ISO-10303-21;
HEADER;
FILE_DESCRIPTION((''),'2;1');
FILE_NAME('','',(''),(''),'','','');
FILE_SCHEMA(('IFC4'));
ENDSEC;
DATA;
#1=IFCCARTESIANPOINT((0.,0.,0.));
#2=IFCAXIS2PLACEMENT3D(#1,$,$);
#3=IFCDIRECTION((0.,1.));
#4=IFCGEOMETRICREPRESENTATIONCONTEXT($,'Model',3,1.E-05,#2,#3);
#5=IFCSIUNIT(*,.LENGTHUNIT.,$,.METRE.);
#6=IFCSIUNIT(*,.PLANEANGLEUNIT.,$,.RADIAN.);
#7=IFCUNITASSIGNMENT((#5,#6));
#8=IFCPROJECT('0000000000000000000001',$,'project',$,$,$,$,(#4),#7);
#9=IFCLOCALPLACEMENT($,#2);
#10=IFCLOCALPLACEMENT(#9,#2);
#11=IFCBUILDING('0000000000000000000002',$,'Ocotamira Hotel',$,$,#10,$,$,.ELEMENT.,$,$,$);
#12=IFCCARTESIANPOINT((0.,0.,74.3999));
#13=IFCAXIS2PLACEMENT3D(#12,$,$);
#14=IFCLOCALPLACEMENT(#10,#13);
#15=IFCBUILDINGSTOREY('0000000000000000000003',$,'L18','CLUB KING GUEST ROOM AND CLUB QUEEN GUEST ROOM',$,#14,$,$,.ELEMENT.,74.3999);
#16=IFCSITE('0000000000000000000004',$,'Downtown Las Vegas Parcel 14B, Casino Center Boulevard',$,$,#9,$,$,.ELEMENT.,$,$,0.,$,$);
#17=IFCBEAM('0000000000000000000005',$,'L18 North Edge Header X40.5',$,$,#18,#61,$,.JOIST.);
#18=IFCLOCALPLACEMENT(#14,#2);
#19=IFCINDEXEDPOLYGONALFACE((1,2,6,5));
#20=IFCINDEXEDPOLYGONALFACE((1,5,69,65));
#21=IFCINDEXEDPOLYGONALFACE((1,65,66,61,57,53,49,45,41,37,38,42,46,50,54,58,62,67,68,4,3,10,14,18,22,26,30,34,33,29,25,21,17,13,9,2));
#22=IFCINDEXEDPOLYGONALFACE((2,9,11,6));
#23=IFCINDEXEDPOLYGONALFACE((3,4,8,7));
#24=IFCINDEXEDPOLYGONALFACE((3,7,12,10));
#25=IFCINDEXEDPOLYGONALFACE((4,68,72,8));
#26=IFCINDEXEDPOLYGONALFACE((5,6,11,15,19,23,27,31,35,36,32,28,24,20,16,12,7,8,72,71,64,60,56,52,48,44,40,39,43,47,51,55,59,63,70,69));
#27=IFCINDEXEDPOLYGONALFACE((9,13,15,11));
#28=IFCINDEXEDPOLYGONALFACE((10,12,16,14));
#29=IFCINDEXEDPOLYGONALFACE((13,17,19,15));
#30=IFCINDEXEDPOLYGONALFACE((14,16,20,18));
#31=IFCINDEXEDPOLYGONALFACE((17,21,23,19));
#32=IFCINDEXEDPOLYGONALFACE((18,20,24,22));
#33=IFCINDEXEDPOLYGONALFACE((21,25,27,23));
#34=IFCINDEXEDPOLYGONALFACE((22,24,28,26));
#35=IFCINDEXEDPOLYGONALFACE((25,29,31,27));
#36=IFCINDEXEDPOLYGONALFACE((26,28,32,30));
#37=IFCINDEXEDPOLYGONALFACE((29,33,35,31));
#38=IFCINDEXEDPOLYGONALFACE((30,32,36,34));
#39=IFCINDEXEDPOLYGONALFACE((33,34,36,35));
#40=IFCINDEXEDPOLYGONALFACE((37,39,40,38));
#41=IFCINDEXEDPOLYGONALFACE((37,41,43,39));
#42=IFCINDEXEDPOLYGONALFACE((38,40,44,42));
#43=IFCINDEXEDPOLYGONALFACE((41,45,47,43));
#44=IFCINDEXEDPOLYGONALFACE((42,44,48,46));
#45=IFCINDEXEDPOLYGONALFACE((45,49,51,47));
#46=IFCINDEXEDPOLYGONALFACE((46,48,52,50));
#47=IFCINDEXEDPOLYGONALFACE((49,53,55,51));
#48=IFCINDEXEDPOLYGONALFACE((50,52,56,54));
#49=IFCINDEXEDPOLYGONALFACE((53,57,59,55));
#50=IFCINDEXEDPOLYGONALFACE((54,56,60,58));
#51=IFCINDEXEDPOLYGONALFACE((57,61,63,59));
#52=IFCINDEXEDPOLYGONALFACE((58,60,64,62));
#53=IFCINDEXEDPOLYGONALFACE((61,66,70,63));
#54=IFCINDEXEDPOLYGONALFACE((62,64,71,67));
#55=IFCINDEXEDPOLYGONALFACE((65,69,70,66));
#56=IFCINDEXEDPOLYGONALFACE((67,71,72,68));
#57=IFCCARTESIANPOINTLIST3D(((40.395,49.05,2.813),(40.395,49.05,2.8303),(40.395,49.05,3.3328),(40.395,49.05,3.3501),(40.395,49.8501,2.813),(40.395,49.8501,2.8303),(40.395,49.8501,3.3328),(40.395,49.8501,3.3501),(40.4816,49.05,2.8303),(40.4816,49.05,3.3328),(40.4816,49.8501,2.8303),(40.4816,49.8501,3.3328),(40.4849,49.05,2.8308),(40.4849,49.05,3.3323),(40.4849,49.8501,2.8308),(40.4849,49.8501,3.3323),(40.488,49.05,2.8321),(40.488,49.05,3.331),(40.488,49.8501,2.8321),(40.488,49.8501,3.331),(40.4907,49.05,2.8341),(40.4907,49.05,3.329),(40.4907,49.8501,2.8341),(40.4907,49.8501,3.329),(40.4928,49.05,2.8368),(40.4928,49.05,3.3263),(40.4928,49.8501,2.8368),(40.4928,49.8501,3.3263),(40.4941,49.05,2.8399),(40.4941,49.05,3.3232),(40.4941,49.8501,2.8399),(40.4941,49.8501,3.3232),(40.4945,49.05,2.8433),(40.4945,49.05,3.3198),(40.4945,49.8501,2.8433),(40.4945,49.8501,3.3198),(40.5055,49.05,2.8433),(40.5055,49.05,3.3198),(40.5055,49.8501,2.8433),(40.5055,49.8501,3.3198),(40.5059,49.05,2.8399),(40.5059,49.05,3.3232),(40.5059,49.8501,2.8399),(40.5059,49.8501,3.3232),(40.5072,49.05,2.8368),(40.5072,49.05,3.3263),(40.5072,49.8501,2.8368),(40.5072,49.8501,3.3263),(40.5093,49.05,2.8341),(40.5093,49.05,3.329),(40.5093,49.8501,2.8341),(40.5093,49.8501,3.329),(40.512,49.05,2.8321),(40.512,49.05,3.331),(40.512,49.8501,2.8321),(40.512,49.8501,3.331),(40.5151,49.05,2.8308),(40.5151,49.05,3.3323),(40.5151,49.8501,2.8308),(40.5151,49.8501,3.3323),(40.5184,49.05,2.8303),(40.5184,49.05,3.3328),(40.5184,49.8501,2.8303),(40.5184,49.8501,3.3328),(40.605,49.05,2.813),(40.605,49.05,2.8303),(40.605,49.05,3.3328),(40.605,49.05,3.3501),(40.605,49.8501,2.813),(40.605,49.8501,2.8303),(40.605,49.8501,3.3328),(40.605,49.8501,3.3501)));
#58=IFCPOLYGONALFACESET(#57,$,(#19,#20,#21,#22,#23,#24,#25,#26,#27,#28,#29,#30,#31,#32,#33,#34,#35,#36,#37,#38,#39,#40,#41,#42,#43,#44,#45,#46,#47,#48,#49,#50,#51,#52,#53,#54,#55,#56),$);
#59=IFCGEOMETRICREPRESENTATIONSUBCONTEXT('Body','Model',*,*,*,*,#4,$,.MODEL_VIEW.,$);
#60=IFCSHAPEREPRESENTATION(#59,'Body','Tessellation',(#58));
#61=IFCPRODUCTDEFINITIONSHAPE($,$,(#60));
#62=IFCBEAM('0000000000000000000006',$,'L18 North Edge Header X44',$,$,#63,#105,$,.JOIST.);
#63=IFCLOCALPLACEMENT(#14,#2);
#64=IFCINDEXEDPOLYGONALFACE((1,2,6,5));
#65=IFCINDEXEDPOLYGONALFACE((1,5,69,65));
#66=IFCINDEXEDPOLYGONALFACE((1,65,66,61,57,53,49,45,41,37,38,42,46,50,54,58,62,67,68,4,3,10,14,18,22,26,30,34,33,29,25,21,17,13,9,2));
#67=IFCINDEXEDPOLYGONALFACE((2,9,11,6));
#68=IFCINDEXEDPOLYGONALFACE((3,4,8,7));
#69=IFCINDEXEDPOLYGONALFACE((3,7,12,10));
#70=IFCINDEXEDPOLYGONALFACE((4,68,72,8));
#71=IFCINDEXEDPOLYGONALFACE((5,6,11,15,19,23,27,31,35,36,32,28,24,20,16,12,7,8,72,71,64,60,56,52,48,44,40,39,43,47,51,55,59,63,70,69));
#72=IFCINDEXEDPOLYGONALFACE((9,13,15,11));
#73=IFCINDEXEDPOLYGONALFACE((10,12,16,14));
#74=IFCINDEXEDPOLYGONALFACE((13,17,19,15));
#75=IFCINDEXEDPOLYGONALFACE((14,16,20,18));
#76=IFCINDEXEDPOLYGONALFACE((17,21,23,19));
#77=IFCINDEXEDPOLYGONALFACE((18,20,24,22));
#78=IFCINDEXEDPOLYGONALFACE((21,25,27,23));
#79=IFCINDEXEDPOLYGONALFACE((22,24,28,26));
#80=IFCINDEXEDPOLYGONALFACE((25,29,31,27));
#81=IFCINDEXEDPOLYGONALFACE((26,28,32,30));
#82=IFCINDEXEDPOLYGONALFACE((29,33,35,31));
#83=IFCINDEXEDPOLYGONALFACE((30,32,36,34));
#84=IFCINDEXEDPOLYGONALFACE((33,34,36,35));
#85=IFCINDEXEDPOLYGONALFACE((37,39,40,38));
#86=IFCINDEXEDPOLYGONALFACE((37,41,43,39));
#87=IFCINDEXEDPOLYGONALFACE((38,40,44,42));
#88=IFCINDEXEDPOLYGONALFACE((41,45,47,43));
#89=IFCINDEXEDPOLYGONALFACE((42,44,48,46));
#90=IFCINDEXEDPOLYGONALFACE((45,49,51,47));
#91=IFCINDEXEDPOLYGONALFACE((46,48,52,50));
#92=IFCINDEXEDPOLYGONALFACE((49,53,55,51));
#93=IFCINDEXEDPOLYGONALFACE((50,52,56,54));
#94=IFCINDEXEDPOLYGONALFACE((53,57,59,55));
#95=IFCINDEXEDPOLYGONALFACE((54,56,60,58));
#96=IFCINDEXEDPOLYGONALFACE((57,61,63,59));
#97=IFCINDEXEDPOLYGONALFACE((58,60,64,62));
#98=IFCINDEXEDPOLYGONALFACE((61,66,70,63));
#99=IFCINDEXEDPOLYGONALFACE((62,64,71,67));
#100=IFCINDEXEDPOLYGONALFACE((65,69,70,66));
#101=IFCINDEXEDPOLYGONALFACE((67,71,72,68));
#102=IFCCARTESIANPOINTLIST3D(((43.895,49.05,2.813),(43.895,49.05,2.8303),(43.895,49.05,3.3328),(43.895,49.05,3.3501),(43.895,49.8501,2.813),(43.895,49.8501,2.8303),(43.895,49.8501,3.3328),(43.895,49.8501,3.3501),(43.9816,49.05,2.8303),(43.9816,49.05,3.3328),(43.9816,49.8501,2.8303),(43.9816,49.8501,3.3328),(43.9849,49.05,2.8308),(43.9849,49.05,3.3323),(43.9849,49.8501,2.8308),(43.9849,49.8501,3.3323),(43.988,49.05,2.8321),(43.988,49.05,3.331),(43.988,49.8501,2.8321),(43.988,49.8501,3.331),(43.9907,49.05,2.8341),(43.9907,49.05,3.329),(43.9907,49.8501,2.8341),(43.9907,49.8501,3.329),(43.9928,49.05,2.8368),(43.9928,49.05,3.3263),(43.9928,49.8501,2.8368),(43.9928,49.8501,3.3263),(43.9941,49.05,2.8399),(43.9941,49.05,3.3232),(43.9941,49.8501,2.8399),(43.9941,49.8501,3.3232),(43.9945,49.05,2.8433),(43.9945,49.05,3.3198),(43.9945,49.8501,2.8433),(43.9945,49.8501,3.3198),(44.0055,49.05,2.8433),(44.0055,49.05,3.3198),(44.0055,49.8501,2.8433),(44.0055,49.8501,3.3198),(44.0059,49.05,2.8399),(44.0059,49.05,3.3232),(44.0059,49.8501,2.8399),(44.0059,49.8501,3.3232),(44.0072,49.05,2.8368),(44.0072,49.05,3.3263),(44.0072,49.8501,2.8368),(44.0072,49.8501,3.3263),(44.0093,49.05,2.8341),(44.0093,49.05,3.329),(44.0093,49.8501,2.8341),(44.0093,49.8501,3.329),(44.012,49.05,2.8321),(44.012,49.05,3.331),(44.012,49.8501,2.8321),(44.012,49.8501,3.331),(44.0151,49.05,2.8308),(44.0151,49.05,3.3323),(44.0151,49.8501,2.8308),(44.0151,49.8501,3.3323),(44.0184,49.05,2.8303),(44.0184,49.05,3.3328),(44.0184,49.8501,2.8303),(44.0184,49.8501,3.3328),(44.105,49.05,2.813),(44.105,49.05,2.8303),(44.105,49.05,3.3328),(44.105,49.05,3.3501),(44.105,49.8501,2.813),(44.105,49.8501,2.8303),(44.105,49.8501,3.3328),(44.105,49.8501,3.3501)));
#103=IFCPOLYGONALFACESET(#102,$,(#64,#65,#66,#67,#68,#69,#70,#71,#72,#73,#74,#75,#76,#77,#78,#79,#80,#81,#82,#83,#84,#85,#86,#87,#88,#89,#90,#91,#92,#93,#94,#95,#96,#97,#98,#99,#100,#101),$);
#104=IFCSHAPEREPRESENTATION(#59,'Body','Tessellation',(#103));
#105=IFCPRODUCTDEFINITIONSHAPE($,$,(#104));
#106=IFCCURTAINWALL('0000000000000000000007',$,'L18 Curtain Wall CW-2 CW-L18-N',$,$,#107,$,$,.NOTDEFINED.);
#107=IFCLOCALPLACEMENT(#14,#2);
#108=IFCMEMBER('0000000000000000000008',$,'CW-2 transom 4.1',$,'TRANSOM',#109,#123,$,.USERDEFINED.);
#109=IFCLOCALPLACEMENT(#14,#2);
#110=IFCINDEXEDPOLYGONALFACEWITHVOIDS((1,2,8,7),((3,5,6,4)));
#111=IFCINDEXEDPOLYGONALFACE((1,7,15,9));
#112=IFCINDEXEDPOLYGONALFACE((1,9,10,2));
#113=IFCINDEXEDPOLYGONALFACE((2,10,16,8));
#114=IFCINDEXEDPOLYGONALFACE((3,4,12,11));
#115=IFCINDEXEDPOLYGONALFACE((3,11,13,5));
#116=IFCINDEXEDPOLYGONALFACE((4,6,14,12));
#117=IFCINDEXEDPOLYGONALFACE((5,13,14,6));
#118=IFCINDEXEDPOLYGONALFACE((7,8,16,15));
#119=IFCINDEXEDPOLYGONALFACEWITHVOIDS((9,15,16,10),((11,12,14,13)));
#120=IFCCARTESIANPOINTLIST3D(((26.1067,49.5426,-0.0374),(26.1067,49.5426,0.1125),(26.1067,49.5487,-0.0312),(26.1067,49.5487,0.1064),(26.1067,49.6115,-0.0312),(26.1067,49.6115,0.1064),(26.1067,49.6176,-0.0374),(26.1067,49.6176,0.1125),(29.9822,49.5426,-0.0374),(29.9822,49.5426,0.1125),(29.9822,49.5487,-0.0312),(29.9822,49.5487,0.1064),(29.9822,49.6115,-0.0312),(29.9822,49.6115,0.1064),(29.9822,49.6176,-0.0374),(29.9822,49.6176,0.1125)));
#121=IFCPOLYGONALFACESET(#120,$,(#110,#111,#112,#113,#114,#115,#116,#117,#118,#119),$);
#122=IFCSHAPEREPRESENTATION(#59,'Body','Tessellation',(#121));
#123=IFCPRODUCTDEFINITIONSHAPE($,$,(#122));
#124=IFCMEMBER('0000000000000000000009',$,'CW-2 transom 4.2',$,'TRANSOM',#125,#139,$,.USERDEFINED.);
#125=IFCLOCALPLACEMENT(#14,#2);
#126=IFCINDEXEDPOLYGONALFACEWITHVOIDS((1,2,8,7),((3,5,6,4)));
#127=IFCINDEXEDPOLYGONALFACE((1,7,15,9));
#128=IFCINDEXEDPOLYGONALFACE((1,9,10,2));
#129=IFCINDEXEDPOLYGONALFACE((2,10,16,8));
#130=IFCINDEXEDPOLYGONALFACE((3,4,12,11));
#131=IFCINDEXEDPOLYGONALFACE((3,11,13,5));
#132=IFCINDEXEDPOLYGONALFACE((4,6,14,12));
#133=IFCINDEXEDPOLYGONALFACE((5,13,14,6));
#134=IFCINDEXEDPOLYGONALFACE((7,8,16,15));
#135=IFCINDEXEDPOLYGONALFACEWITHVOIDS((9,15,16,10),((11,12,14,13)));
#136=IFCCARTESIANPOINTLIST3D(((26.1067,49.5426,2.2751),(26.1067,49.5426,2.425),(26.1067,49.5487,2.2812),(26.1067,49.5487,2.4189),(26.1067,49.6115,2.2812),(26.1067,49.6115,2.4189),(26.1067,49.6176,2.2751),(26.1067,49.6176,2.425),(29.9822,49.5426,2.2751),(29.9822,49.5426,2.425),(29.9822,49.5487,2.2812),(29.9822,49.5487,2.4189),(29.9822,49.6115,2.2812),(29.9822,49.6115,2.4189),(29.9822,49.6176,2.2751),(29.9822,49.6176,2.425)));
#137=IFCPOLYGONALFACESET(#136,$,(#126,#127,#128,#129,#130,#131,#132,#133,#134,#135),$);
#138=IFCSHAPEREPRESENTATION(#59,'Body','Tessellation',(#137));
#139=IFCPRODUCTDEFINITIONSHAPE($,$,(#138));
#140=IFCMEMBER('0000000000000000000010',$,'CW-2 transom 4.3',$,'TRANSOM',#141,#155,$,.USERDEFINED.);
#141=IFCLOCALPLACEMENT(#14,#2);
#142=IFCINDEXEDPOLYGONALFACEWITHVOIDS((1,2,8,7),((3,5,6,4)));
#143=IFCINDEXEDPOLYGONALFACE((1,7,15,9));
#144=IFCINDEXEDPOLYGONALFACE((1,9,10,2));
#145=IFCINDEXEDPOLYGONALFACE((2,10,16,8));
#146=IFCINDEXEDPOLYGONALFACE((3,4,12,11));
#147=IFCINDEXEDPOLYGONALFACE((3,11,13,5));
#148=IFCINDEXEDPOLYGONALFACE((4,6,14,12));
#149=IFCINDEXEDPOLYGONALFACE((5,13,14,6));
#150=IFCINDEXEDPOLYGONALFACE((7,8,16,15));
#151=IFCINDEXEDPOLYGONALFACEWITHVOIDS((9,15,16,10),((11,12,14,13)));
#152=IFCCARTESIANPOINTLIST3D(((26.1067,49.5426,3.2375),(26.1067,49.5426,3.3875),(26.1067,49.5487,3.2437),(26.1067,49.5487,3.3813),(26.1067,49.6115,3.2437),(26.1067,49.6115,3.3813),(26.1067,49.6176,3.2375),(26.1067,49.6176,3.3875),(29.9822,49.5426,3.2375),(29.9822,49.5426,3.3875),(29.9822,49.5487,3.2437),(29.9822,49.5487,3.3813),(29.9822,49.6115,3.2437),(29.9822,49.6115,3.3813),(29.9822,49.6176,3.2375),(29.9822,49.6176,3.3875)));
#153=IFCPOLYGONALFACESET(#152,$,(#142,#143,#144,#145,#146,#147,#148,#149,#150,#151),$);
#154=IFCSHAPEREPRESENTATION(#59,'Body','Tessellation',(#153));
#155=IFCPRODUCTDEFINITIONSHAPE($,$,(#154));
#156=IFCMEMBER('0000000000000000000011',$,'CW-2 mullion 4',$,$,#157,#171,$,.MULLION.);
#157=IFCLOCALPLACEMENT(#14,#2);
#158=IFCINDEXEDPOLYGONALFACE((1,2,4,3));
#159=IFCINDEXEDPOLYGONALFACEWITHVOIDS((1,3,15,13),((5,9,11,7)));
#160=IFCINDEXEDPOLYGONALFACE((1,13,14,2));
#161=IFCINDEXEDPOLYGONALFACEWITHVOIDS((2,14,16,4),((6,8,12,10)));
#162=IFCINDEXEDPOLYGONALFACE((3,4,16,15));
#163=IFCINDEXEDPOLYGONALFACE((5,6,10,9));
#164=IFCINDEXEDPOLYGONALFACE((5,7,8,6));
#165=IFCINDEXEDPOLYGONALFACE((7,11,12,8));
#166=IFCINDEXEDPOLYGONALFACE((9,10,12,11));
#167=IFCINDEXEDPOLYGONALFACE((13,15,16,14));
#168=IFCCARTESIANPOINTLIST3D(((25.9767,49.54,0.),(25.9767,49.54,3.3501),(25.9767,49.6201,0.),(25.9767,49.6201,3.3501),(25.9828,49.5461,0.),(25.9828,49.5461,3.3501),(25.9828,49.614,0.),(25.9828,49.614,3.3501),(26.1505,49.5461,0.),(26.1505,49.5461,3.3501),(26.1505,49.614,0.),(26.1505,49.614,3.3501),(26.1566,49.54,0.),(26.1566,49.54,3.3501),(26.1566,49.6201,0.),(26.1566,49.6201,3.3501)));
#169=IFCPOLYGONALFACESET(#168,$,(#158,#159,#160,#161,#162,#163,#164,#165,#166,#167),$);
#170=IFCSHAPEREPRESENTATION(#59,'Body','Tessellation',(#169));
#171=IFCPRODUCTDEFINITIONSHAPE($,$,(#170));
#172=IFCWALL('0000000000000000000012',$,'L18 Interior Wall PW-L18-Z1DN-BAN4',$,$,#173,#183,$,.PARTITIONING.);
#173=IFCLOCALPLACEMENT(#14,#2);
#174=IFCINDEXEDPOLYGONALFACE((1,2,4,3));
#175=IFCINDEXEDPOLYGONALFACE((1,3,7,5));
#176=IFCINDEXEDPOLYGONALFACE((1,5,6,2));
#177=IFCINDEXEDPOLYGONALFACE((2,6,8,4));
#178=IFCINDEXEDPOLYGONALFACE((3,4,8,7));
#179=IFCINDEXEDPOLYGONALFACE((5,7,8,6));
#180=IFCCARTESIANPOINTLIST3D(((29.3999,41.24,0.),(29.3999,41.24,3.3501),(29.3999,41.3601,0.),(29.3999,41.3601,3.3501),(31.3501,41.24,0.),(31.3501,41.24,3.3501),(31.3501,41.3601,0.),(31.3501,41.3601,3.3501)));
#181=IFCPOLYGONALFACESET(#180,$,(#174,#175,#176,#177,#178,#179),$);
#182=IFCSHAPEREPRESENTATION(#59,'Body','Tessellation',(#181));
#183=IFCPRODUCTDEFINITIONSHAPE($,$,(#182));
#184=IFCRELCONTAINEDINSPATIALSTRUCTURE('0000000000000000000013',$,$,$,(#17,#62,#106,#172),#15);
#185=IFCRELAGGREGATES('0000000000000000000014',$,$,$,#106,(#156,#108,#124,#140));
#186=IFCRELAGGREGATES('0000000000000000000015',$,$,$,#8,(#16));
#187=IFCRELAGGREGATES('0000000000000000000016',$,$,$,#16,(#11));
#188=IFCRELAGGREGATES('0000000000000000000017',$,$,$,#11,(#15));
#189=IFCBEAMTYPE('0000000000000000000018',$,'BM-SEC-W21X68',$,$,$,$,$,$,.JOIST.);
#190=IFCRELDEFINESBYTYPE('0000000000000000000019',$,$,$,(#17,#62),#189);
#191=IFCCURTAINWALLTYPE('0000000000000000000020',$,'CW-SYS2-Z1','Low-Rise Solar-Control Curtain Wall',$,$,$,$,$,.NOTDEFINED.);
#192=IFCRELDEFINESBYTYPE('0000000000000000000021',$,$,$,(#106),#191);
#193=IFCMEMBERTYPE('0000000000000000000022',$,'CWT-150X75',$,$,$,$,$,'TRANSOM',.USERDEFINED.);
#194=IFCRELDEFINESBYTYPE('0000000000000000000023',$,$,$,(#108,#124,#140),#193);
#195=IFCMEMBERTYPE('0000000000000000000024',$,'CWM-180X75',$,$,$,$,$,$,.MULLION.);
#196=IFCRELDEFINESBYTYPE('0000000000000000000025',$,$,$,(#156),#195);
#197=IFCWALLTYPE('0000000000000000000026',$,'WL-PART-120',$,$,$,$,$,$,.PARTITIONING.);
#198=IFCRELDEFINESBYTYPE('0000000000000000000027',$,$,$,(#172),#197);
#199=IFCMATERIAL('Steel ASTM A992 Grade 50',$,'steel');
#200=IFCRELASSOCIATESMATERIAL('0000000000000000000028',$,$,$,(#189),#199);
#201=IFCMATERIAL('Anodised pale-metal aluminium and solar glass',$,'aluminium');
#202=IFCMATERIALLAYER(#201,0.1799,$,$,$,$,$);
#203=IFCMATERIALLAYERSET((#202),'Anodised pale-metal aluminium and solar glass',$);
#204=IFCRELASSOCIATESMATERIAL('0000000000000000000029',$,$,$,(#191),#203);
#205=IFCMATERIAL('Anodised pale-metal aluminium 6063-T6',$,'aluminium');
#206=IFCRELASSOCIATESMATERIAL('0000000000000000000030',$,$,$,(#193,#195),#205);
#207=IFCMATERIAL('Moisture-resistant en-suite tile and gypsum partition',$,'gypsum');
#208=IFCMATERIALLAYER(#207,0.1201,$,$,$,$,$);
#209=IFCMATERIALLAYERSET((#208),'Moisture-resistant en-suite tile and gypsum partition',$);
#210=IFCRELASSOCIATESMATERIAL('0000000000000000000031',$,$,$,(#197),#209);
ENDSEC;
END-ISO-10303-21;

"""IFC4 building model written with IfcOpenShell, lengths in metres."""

from ifc_helpers import new_model, si_unit, direction, frame, frame_2d, origin, origin_2d, place, context, subcontext, project, spatial, rectangle, hollow_rectangle, i_section, extrude, source, transform, mapped, material, layer, layer_set, material_profile, profile_set, type_object, element, aggregate, save


model = new_model("IFC4")

# Units and contexts
model_context = context("Model", 3, precision=1e-05, world=origin(), true_north=direction((0.0, 1.0)))
body_context = subcontext(model_context, "Body", "Model", "MODEL_VIEW")
ifc_project = project(units=[si_unit("LENGTHUNIT", "METRE"), si_unit("PLANEANGLEUNIT", "RADIAN")], contexts=[model_context])

# Site, building, storey
site_placement = place(None, origin())
site = spatial("IfcSite", under=ifc_project, at=site_placement, Name="Downtown Las Vegas Parcel 14B, Casino Center Boulevard", CompositionType="ELEMENT", RefElevation=0.0)
building_placement = place(site_placement, origin())
building = spatial("IfcBuilding", under=site, at=building_placement, Name="Ocotamira Hotel", CompositionType="ELEMENT")
storey_placement = place(building_placement, frame((0.0, 0.0, 74.3999)))
storey = spatial("IfcBuildingStorey", under=building, at=storey_placement, Name="L18", Description="CLUB KING GUEST ROOM AND CLUB QUEEN GUEST ROOM", CompositionType="ELEMENT", Elevation=74.3999)

# Beams
ifc_material_1 = material(Name="Steel ASTM A992 Grade 50", Category="steel")
ifc_material_profile_1 = material_profile(ifc_material_1, i_section(OverallWidth=0.21, OverallDepth=0.5371, WebThickness=0.011, FlangeThickness=0.0173, FilletRadius=0.0129, at=origin_2d()), Name="W21X68")
ifc_profile_set_1 = profile_set([ifc_material_profile_1], Name="Steel ASTM A992 Grade 50")
beam_type_1 = type_object("IfcBeamType", Name="BM-SEC-W21X68", PredefinedType="JOIST", material=ifc_profile_set_1)
shared_shape_1 = source(origin(), body_context, "Body", "SweptSolid", [
    extrude(i_section(OverallWidth=0.21, OverallDepth=0.5371, WebThickness=0.011, FlangeThickness=0.0173, FilletRadius=0.0129, at=origin_2d()), origin(), (0.0, 0.0, 1.0), 0.8),
])
for number, where, z_axis, x_axis, name in (
    (1, (40.5, 49.05, 3.0815), (0.0, 1.0, 0.0), (-1.0, 0.0, 0.0), "L18 North Edge Header X40.5"),
    (2, (44.0, 49.05, 3.0815), (0.0, 1.0, 0.0), (-1.0, 0.0, 0.0), "L18 North Edge Header X44"),
):
    element("IfcBeam", number, at=place(storey_placement, frame(where, z_axis=z_axis, x_axis=x_axis)), inside=storey, type_object=beam_type_1, Name=name, PredefinedType="JOIST", context=body_context, shape_type="MappedRepresentation", body=[
        mapped(shared_shape_1, transform((0.0, 0.0, 0.0), scale=1.0)),
    ])

# Curtain wall, members
ifc_material_2 = material(Name="Anodised pale-metal aluminium and solar glass", Category="aluminium")
ifc_layer_1 = layer(ifc_material_2, 0.1799)
ifc_layer_set_1 = layer_set([ifc_layer_1], Name="Anodised pale-metal aluminium and solar glass")
curtain_wall_type = type_object("IfcCurtainWallType", Name="CW-SYS2-Z1", Description="Low-Rise Solar-Control Curtain Wall", PredefinedType="NOTDEFINED", material=ifc_layer_set_1)
curtain_wall_placement = place(storey_placement, origin())
curtain_wall = element("IfcCurtainWall", 3, at=curtain_wall_placement, inside=storey, type_object=curtain_wall_type, Name="L18 Curtain Wall CW-2 CW-L18-N", PredefinedType="NOTDEFINED")
ifc_material_3 = material(Name="Anodised pale-metal aluminium 6063-T6", Category="aluminium")
ifc_material_profile_2 = material_profile(ifc_material_3, hollow_rectangle(XDim=0.075, YDim=0.1499, WallThickness=0.0061, at=origin_2d()), Name="HSS150X75X6")
ifc_profile_set_2 = profile_set([ifc_material_profile_2], Name="Anodised pale-metal aluminium 6063-T6")
member_type_1 = type_object("IfcMemberType", Name="CWT-150X75", ElementType="TRANSOM", PredefinedType="USERDEFINED", material=ifc_profile_set_2)
shared_shape_2 = source(origin(), body_context, "Body", "SweptSolid", [
    extrude(hollow_rectangle(XDim=0.075, YDim=0.1499, WallThickness=0.0061, at=origin_2d()), origin(), (0.0, 0.0, 1.0), 3.8755),
])
member_1_placement = place(storey_placement, frame((26.1067, 49.5801, 0.0376), z_axis=(1.0, 0.0, 0.0), x_axis=(0.0, 1.0, 0.0)))
member_1 = element("IfcMember", 4, at=member_1_placement, type_object=member_type_1, Name="CW-2 transom 4.1", ObjectType="TRANSOM", PredefinedType="USERDEFINED", context=body_context, shape_type="MappedRepresentation", body=[
    mapped(shared_shape_2, transform((0.0, 0.0, 0.0), scale=1.0)),
])
member_2_placement = place(storey_placement, frame((26.1067, 49.5801, 2.3501), z_axis=(1.0, 0.0, 0.0), x_axis=(0.0, 1.0, 0.0)))
member_2 = element("IfcMember", 5, at=member_2_placement, type_object=member_type_1, Name="CW-2 transom 4.2", ObjectType="TRANSOM", PredefinedType="USERDEFINED", context=body_context, shape_type="MappedRepresentation", body=[
    mapped(shared_shape_2, transform((0.0, 0.0, 0.0), scale=1.0)),
])
member_3_placement = place(storey_placement, frame((26.1067, 49.5801, 3.3125), z_axis=(1.0, 0.0, 0.0), x_axis=(0.0, 1.0, 0.0)))
member_3 = element("IfcMember", 6, at=member_3_placement, type_object=member_type_1, Name="CW-2 transom 4.3", ObjectType="TRANSOM", PredefinedType="USERDEFINED", context=body_context, shape_type="MappedRepresentation", body=[
    mapped(shared_shape_2, transform((0.0, 0.0, 0.0), scale=1.0)),
])
ifc_material_profile_3 = material_profile(ifc_material_3, hollow_rectangle(XDim=0.0801, YDim=0.1799, WallThickness=0.0061, at=origin_2d()), Name="HSS180X80X6")
ifc_profile_set_3 = profile_set([ifc_material_profile_3], Name="Anodised pale-metal aluminium 6063-T6")
member_type_2 = type_object("IfcMemberType", Name="CWM-180X75", PredefinedType="MULLION", material=ifc_profile_set_3)
shared_shape_3 = source(origin(), body_context, "Body", "SweptSolid", [
    extrude(hollow_rectangle(XDim=0.0801, YDim=0.1799, WallThickness=0.0061, at=origin_2d()), origin(), (0.0, 0.0, 1.0), 3.3501),
])
member_4_placement = place(storey_placement, frame((26.0667, 49.5801, 0.0), z_axis=(0.0, 0.0, 1.0), x_axis=(0.0, 1.0, 0.0)))
member_4 = element("IfcMember", 7, at=member_4_placement, type_object=member_type_2, Name="CW-2 mullion 4", PredefinedType="MULLION", context=body_context, shape_type="MappedRepresentation", body=[
    mapped(shared_shape_3, transform((0.0, 0.0, 0.0), scale=1.0)),
])
aggregate(curtain_wall, [member_4, member_1, member_2, member_3])

# Wall
ifc_material_4 = material(Name="Moisture-resistant en-suite tile and gypsum partition", Category="gypsum")
ifc_layer_2 = layer(ifc_material_4, 0.1201)
ifc_layer_set_2 = layer_set([ifc_layer_2], Name="Moisture-resistant en-suite tile and gypsum partition")
wall_type_1 = type_object("IfcWallType", Name="WL-PART-120", PredefinedType="PARTITIONING", material=ifc_layer_set_2)
wall_1_placement = place(storey_placement, frame((29.3999, 41.3, 0.0), z_axis=(0.0, 0.0, 1.0), x_axis=(1.0, 0.0, 0.0)))
element("IfcWall", 8, at=wall_1_placement, inside=storey, type_object=wall_type_1, Name="L18 Interior Wall PW-L18-Z1DN-BAN4", PredefinedType="PARTITIONING", context=body_context, shape_type="SweptSolid", body=[
    extrude(rectangle(XDim=1.9502, YDim=0.1201, at=frame_2d((0.9751, 0.0))), origin(), (0.0, 0.0, 1.0), 3.3501),
])

save(model, "model.ifc")
